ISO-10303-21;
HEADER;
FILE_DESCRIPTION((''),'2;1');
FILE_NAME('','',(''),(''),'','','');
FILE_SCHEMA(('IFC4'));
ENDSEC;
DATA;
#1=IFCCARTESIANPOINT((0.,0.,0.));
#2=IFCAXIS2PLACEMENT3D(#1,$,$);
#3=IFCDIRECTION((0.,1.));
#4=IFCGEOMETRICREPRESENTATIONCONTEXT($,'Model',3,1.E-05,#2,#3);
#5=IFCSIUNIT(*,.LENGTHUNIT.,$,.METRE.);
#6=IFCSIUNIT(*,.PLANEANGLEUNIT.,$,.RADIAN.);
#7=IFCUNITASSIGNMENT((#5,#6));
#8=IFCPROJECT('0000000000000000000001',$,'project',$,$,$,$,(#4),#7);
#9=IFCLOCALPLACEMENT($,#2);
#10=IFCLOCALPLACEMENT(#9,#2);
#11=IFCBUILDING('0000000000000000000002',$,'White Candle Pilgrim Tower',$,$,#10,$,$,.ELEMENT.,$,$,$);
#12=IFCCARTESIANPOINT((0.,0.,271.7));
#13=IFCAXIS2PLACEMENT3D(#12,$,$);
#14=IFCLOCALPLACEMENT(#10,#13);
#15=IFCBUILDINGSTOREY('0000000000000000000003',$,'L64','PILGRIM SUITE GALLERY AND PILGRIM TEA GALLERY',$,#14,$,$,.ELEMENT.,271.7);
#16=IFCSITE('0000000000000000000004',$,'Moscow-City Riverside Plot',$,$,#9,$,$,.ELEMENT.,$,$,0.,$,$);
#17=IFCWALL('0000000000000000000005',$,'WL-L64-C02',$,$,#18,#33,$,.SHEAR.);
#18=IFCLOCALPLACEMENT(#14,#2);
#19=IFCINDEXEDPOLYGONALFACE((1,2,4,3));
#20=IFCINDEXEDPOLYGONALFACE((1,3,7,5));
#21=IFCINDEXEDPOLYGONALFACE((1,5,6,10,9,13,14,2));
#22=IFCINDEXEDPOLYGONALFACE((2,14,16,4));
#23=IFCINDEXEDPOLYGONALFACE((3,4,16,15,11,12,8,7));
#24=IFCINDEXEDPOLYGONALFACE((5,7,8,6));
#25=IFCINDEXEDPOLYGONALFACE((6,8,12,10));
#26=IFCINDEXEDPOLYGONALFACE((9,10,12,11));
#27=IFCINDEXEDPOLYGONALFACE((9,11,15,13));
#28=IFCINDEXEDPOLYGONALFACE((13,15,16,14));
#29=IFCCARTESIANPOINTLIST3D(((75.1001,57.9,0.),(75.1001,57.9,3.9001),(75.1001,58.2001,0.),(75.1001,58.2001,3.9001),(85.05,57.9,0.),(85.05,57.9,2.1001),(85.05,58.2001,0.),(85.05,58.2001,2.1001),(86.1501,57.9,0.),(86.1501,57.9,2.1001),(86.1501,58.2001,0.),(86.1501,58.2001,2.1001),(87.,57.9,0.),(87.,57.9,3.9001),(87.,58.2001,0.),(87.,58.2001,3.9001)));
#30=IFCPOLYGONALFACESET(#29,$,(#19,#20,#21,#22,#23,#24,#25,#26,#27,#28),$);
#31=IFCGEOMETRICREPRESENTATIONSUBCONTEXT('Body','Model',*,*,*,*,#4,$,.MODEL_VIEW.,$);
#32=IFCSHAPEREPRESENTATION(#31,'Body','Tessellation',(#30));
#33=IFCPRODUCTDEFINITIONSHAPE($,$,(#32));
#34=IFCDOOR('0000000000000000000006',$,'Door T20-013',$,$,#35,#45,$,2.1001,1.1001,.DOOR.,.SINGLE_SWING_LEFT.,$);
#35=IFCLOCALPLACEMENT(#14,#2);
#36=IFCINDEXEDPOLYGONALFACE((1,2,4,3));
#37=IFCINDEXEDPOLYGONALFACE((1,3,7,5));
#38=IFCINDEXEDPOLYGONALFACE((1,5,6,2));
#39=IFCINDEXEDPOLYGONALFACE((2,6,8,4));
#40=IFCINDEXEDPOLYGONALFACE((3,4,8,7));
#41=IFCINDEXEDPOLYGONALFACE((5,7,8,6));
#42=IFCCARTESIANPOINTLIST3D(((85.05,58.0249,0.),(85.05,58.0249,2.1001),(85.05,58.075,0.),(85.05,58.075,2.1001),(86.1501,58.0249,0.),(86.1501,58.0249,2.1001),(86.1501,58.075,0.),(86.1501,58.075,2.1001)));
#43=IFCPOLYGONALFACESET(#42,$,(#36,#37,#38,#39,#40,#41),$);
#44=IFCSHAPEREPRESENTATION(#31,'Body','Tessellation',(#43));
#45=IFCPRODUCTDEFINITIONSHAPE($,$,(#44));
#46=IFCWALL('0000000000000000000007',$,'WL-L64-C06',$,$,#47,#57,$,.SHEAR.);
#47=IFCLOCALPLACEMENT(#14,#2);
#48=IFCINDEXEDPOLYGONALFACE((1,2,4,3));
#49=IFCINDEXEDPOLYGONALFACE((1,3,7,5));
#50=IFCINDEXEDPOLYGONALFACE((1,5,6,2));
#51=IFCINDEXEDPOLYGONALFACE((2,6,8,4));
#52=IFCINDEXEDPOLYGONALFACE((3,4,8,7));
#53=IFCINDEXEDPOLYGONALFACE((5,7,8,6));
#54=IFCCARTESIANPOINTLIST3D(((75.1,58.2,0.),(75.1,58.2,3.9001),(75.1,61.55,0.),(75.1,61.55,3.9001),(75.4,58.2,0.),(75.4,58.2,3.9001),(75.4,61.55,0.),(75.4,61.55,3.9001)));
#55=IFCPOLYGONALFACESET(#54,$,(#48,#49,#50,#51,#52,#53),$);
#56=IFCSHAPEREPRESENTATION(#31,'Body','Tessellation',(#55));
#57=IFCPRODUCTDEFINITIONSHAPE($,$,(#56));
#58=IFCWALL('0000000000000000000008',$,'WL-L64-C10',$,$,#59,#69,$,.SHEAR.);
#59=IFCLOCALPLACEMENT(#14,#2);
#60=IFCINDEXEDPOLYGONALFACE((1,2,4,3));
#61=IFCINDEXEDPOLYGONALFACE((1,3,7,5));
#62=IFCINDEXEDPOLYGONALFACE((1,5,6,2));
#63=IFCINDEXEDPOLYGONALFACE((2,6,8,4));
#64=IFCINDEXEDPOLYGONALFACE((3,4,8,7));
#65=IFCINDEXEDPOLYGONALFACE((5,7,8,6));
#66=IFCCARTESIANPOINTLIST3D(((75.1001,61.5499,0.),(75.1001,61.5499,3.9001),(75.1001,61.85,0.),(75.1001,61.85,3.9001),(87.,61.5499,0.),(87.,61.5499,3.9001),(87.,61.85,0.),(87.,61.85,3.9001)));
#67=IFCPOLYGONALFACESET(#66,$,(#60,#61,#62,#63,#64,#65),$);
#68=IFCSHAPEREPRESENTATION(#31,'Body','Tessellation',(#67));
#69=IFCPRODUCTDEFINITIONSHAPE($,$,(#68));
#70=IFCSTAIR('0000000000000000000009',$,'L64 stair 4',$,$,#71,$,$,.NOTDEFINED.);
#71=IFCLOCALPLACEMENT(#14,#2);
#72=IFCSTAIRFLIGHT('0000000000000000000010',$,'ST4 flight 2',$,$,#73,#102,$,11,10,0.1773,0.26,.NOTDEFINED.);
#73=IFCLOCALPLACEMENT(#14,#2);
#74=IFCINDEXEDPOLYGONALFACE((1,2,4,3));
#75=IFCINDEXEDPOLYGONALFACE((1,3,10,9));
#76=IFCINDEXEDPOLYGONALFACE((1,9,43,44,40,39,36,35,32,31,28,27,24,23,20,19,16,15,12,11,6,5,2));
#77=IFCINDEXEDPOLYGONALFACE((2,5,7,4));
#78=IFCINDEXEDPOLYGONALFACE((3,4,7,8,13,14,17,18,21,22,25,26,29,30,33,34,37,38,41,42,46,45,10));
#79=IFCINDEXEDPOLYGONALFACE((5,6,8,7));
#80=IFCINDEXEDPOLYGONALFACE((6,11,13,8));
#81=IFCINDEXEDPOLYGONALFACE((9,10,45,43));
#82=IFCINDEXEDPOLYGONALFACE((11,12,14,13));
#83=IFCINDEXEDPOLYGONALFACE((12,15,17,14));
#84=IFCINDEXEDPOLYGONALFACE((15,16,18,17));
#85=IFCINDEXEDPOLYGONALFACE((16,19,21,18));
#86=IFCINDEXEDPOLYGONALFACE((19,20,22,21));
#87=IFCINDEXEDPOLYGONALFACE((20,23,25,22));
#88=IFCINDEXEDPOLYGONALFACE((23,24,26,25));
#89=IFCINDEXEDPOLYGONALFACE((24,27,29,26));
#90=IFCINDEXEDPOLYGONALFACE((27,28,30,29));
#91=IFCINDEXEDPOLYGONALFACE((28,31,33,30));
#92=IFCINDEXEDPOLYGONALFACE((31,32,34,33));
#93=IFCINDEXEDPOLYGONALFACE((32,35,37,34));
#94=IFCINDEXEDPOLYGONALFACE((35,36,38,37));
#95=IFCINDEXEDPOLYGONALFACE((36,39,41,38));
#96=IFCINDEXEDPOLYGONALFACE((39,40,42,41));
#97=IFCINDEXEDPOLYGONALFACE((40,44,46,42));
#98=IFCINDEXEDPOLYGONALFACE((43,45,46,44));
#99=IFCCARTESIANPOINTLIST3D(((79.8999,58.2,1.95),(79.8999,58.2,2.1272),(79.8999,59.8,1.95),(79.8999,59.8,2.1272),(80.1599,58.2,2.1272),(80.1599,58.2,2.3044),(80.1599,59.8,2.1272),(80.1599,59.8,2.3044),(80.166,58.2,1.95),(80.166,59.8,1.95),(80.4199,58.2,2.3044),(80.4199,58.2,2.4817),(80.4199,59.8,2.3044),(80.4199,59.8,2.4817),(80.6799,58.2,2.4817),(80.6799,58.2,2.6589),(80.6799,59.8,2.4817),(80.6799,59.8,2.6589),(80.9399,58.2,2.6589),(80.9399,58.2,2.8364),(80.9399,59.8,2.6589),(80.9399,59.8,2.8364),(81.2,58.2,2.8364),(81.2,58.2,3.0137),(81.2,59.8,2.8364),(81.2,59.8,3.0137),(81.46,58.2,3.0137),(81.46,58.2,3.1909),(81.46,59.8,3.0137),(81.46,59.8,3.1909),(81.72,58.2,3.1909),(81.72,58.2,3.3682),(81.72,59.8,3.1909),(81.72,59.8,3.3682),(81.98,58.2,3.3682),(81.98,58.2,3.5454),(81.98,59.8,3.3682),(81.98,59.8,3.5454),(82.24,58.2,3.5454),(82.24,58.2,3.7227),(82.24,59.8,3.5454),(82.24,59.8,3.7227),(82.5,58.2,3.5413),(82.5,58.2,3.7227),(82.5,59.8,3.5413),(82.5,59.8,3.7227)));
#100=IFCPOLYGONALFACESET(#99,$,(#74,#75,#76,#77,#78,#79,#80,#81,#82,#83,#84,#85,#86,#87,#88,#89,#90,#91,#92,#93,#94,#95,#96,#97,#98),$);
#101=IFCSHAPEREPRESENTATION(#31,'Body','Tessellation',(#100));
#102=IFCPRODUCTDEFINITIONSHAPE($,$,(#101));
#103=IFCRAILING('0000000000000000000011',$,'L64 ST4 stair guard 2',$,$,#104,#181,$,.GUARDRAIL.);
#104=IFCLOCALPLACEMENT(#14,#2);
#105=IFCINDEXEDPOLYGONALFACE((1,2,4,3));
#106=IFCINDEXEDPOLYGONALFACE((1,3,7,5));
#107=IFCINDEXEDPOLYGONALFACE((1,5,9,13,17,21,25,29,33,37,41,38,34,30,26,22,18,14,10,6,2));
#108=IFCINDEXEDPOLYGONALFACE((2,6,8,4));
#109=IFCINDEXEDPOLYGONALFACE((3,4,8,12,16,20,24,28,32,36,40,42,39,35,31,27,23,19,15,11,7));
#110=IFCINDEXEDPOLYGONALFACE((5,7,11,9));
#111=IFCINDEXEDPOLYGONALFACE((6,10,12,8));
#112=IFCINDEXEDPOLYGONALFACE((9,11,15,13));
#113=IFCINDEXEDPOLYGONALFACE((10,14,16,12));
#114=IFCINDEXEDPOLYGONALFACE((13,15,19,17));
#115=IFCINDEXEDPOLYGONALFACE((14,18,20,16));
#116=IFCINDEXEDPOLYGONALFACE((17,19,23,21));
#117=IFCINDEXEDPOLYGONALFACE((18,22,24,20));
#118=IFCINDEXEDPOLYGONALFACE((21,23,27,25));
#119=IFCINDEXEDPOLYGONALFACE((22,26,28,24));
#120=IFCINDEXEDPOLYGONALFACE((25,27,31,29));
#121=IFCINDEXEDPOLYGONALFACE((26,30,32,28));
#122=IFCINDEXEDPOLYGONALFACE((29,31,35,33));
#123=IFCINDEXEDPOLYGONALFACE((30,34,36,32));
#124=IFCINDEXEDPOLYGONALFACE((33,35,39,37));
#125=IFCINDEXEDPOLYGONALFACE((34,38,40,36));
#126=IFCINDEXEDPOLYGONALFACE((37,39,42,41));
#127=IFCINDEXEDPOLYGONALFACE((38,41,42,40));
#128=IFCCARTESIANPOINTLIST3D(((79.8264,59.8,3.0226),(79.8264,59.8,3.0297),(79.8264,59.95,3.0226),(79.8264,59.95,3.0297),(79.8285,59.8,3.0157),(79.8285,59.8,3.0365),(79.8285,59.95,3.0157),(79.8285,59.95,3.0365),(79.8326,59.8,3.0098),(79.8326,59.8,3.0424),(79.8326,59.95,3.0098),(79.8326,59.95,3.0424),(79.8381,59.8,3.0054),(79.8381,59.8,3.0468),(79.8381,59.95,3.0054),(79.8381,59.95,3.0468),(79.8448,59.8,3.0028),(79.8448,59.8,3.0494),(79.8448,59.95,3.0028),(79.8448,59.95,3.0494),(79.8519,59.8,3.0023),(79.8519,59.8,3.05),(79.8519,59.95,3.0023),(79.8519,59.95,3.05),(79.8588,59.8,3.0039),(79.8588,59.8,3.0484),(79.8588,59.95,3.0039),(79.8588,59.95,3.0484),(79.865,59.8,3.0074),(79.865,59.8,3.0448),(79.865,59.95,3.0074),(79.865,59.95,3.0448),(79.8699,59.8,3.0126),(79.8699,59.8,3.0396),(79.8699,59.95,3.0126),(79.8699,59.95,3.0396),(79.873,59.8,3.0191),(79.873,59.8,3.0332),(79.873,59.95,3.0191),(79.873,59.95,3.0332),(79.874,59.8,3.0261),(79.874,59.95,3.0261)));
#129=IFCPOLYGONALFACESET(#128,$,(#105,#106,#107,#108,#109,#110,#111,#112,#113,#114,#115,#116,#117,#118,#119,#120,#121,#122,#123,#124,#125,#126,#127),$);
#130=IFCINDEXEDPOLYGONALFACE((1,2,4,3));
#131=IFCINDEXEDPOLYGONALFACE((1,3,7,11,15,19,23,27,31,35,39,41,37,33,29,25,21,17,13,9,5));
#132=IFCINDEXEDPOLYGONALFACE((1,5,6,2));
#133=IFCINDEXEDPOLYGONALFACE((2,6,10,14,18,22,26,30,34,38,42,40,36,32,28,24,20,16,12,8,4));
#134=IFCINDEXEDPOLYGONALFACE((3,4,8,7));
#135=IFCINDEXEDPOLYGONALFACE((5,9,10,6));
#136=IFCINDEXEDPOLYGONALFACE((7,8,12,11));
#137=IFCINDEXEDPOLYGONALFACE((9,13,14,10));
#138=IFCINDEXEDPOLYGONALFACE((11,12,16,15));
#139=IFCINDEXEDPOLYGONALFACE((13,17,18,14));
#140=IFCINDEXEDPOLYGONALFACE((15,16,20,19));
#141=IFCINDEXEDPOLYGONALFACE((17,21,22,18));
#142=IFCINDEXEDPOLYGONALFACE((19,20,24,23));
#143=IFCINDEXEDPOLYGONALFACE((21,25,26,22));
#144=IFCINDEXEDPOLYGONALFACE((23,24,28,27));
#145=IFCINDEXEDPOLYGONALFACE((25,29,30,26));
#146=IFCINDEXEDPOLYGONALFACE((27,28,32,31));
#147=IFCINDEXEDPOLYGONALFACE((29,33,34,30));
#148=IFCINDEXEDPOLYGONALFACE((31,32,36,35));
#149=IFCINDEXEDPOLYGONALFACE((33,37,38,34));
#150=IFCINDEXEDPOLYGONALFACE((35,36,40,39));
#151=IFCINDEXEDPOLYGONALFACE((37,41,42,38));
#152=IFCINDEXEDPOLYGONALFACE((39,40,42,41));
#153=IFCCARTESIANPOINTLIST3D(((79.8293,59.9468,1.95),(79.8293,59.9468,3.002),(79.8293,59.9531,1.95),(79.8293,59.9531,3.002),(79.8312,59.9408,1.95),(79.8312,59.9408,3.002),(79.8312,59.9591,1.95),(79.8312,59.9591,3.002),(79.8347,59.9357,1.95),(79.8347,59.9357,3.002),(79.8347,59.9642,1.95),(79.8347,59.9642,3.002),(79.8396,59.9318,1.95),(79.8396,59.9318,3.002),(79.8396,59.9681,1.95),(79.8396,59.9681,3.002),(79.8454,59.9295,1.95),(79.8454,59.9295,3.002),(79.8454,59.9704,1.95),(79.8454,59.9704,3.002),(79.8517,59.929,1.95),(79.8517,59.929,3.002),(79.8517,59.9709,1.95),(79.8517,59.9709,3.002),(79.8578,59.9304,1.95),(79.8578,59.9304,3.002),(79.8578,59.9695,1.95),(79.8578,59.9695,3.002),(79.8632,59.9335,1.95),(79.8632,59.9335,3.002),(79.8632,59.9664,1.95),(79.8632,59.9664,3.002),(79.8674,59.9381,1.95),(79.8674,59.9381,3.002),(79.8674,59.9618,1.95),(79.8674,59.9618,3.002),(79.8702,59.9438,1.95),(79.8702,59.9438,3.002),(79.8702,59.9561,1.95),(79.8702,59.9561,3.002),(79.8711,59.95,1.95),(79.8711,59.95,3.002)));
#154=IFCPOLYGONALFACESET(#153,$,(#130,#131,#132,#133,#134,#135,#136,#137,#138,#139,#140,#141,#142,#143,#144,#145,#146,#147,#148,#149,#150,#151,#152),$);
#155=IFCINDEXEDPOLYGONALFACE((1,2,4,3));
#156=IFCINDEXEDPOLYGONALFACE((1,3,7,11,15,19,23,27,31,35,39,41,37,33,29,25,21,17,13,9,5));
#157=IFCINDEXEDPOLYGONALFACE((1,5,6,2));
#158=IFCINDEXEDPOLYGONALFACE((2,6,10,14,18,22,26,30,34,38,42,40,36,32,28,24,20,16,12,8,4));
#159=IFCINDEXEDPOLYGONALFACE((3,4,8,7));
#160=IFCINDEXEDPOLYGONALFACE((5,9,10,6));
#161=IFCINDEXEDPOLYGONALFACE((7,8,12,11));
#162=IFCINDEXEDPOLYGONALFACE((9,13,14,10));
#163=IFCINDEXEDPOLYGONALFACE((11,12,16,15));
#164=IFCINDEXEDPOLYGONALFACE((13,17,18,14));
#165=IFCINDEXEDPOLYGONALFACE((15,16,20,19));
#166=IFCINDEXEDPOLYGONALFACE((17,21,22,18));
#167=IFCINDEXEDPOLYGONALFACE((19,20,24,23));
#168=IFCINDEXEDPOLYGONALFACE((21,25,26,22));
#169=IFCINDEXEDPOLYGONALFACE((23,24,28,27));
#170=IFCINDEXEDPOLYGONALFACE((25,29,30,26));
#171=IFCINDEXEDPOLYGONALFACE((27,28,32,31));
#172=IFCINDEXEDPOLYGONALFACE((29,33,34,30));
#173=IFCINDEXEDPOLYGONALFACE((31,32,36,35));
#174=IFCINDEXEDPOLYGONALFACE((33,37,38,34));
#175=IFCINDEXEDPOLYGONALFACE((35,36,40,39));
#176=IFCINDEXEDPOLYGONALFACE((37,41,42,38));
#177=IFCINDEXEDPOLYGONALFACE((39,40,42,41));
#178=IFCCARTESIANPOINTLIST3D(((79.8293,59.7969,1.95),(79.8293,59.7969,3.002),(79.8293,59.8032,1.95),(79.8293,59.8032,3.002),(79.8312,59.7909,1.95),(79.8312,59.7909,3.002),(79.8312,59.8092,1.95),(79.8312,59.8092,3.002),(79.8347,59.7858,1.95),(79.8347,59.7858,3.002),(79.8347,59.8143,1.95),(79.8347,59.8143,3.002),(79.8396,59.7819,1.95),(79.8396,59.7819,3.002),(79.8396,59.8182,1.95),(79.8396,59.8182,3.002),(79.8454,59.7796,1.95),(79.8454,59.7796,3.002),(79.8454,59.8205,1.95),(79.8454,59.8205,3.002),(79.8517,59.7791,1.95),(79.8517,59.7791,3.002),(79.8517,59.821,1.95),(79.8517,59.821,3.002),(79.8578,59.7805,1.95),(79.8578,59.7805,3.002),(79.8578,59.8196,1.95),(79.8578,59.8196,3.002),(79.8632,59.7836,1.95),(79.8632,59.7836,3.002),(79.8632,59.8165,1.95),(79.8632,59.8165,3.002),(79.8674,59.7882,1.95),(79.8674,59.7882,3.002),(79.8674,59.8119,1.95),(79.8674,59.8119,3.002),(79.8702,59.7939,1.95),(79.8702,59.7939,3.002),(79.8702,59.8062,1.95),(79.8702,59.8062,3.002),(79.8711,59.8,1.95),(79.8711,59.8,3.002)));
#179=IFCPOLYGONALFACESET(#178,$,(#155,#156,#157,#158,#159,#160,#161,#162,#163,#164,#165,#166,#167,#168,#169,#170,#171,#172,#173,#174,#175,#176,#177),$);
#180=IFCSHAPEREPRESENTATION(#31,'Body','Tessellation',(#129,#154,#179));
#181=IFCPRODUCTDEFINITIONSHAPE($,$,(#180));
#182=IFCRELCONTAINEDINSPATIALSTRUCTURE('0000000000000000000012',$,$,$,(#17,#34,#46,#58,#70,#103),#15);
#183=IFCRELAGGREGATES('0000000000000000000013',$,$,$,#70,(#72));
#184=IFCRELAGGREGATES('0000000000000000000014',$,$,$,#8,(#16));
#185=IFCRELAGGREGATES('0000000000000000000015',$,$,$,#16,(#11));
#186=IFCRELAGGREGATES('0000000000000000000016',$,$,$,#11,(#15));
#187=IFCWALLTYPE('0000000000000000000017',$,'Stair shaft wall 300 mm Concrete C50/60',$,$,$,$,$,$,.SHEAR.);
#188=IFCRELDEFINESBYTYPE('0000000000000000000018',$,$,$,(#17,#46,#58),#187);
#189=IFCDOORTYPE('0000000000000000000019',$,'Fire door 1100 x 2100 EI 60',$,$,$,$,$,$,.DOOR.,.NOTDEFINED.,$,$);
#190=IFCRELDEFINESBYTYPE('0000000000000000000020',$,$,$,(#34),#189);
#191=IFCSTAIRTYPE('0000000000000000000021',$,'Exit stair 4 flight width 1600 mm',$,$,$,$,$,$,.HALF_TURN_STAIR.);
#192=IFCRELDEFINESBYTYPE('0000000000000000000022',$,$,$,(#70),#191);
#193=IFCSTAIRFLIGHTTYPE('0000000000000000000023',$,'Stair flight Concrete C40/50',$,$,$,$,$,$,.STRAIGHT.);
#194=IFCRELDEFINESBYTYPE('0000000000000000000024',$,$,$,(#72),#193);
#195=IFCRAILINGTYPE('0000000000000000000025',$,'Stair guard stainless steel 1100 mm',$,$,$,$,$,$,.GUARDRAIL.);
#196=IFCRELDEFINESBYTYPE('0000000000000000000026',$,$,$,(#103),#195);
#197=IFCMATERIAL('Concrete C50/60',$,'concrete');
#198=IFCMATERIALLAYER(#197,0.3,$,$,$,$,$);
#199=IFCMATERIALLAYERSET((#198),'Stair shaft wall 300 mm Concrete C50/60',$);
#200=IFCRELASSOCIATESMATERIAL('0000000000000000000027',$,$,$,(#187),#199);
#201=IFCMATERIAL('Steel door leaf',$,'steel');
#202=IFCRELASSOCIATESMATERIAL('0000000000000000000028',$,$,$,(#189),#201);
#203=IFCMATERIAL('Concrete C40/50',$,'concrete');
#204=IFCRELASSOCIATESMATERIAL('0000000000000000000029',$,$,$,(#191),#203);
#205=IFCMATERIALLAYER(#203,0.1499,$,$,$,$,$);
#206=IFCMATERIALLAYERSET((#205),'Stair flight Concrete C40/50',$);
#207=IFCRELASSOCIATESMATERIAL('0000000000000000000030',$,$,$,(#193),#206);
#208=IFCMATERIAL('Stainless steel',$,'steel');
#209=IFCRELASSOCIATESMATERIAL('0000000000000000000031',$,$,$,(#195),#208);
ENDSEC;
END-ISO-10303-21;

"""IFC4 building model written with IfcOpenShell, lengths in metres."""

from ifc_helpers import new_model, si_unit, direction, frame, frame_2d, origin, origin_2d, place, context, subcontext, project, spatial, polyline, rectangle, circle, outline, extrude, material, layer, layer_set, type_object, element, fill, aggregate, save


model = new_model("IFC4")

# Units and contexts
model_context = context("Model", 3, precision=1e-05, world=origin(), true_north=direction((0.0, 1.0)))
body_context = subcontext(model_context, "Body", "Model", "MODEL_VIEW")
ifc_project = project(units=[si_unit("LENGTHUNIT", "METRE"), si_unit("PLANEANGLEUNIT", "RADIAN")], contexts=[model_context])

# Site, building, storey
site_placement = place(None, origin())
site = spatial("IfcSite", under=ifc_project, at=site_placement, Name="Moscow-City Riverside Plot", CompositionType="ELEMENT", RefElevation=0.0)
building_placement = place(site_placement, origin())
building = spatial("IfcBuilding", under=site, at=building_placement, Name="White Candle Pilgrim Tower", CompositionType="ELEMENT")
storey_placement = place(building_placement, frame((0.0, 0.0, 271.7)))
storey = spatial("IfcBuildingStorey", under=building, at=storey_placement, Name="L64", Description="PILGRIM SUITE GALLERY AND PILGRIM TEA GALLERY", CompositionType="ELEMENT", Elevation=271.7)

# Shared definitions
ifc_material_1 = material(Name="Steel door leaf", Category="steel")

# Wall, opening, door
ifc_material_2 = material(Name="Concrete C50/60", Category="concrete")
ifc_layer_1 = layer(ifc_material_2, 0.3)
ifc_layer_set_1 = layer_set([ifc_layer_1], Name="Stair shaft wall 300 mm Concrete C50/60")
wall_type_1 = type_object("IfcWallType", Name="Stair shaft wall 300 mm Concrete C50/60", PredefinedType="SHEAR", material=ifc_layer_set_1)
wall_1_placement = place(storey_placement, frame((75.1001, 58.05, 0.0), z_axis=(0.0, 0.0, 1.0), x_axis=(1.0, 0.0, 0.0)))
wall_1 = element("IfcWall", 1, at=wall_1_placement, inside=storey, type_object=wall_type_1, Name="WL-L64-C02", PredefinedType="SHEAR", context=body_context, shape_type="SweptSolid", body=[
    extrude(rectangle(XDim=11.8999, YDim=0.3, at=frame_2d((5.95, 0.0))), origin(), (0.0, 0.0, 1.0), 3.9001),
])
opening_1_placement = place(wall_1_placement, frame((9.95, 0.0, 0.0)))
opening_1 = element("IfcOpeningElement", 2, at=opening_1_placement, cuts=wall_1, PredefinedType="OPENING", context=body_context, shape_type="SweptSolid", body=[
    extrude(rectangle(XDim=1.1001, YDim=2.1001, at=frame_2d((0.55, 1.05))), frame((0.0, 0.1599, 0.0), z_axis=(0.0, -1.0, 0.0), x_axis=(1.0, 0.0, 0.0)), (0.0, 0.0, 1.0), 0.3201),
])
door_type_1 = type_object("IfcDoorType", Name="Fire door 1100 x 2100 EI 60", OperationType="NOTDEFINED", PredefinedType="DOOR", material=ifc_material_1)
door_1_placement = place(opening_1_placement, origin())
door_1 = element("IfcDoor", 3, at=door_1_placement, inside=storey, type_object=door_type_1, Name="Door T20-013", OperationType="SINGLE_SWING_LEFT", OverallHeight=2.1001, OverallWidth=1.1001, PredefinedType="DOOR", context=body_context, shape_type="SweptSolid", body=[
    extrude(rectangle(XDim=1.1001, YDim=2.1001, at=frame_2d((0.55, 1.05))), frame((0.0, 0.0249, 0.0), z_axis=(0.0, -1.0, 0.0), x_axis=(1.0, 0.0, 0.0)), (0.0, 0.0, 1.0), 0.05),
])
fill(opening_1, door_1)

# Walls
wall_2_placement = place(storey_placement, frame((75.25, 58.2, 0.0), z_axis=(0.0, 0.0, 1.0), x_axis=(0.0, 1.0, 0.0)))
element("IfcWall", 4, at=wall_2_placement, inside=storey, type_object=wall_type_1, Name="WL-L64-C06", PredefinedType="SHEAR", context=body_context, shape_type="SweptSolid", body=[
    extrude(rectangle(XDim=3.3501, YDim=0.3, at=frame_2d((1.675, 0.0))), origin(), (0.0, 0.0, 1.0), 3.9001),
])
wall_3_placement = place(storey_placement, frame((75.1001, 61.7, 0.0), z_axis=(0.0, 0.0, 1.0), x_axis=(1.0, 0.0, 0.0)))
element("IfcWall", 5, at=wall_3_placement, inside=storey, type_object=wall_type_1, Name="WL-L64-C10", PredefinedType="SHEAR", context=body_context, shape_type="SweptSolid", body=[
    extrude(rectangle(XDim=11.8999, YDim=0.3, at=frame_2d((5.95, 0.0))), origin(), (0.0, 0.0, 1.0), 3.9001),
])

# Stair, stair flight
ifc_material_3 = material(Name="Concrete C40/50", Category="concrete")
stair_type = type_object("IfcStairType", Name="Exit stair 4 flight width 1600 mm", PredefinedType="HALF_TURN_STAIR", material=ifc_material_3)
stair_placement = place(storey_placement, origin())
stair = element("IfcStair", 6, at=stair_placement, inside=storey, type_object=stair_type, Name="L64 stair 4", PredefinedType="NOTDEFINED")
ifc_layer_2 = layer(ifc_material_3, 0.1499)
ifc_layer_set_2 = layer_set([ifc_layer_2], Name="Stair flight Concrete C40/50")
stair_flight_type = type_object("IfcStairFlightType", Name="Stair flight Concrete C40/50", PredefinedType="STRAIGHT", material=ifc_layer_set_2)
stair_flight_placement = place(storey_placement, frame((79.8999, 59.0, 1.95), z_axis=(0.0, 0.0, 1.0), x_axis=(1.0, 0.0, 0.0)))
stair_flight = element("IfcStairFlight", 7, at=stair_flight_placement, type_object=stair_flight_type, Name="ST4 flight 2", NumberOfRisers=11, NumberOfTreads=10, PredefinedType="NOTDEFINED", RiserHeight=0.1773, TreadLength=0.26, context=body_context, shape_type="SweptSolid", body=[
    extrude(outline(polyline([(0.0, 0.0), (0.0, 0.1772), (0.26, 0.1772), (0.26, 0.3545), (0.52, 0.3545), (0.52, 0.5317), (0.78, 0.5317), (0.78, 0.709), (1.04, 0.709), (1.04, 0.8865), (1.3, 0.8865), (1.3, 1.0637), (1.5601, 1.0637), (1.5601, 1.241), (1.8201, 1.241), (1.8201, 1.4182), (2.0801, 1.4182), (2.0801, 1.5955), (2.3401, 1.5955), (2.3401, 1.7727), (2.6001, 1.7727), (2.6001, 1.95), (2.6001, 1.5913), (0.2661, 0.0), (0.0, 0.0)])), frame((0.0, 0.8, 0.0), z_axis=(0.0, -1.0, 0.0), x_axis=(1.0, 0.0, 0.0)), (0.0, 0.0, 1.0), 1.6001),
])
aggregate(stair, [stair_flight])

# Railing
ifc_material_4 = material(Name="Stainless steel", Category="steel")
railing_type_1 = type_object("IfcRailingType", Name="Stair guard stainless steel 1100 mm", PredefinedType="GUARDRAIL", material=ifc_material_4)
railing_1_placement = place(storey_placement, frame((79.8501, 59.95, 1.95)))
element("IfcRailing", 8, at=railing_1_placement, inside=storey, type_object=railing_type_1, Name="L64 ST4 stair guard 2", PredefinedType="GUARDRAIL", context=body_context, shape_type="SweptSolid", body=[
    extrude(circle(Radius=0.0239, at=origin_2d()), frame((0.0, 0.0, 1.0762), z_axis=(0.0, -1.0, 0.0), x_axis=(1.0, 0.0, 0.0)), (0.0, 0.0, 1.0), 0.1499),
    extrude(circle(Radius=0.021, at=origin_2d()), origin(), (0.0, 0.0, 1.0), 1.052),
    extrude(circle(Radius=0.021, at=origin_2d()), frame((0.0, -0.1499, 0.0)), (0.0, 0.0, 1.0), 1.052),
])

save(model, "model.ifc")
